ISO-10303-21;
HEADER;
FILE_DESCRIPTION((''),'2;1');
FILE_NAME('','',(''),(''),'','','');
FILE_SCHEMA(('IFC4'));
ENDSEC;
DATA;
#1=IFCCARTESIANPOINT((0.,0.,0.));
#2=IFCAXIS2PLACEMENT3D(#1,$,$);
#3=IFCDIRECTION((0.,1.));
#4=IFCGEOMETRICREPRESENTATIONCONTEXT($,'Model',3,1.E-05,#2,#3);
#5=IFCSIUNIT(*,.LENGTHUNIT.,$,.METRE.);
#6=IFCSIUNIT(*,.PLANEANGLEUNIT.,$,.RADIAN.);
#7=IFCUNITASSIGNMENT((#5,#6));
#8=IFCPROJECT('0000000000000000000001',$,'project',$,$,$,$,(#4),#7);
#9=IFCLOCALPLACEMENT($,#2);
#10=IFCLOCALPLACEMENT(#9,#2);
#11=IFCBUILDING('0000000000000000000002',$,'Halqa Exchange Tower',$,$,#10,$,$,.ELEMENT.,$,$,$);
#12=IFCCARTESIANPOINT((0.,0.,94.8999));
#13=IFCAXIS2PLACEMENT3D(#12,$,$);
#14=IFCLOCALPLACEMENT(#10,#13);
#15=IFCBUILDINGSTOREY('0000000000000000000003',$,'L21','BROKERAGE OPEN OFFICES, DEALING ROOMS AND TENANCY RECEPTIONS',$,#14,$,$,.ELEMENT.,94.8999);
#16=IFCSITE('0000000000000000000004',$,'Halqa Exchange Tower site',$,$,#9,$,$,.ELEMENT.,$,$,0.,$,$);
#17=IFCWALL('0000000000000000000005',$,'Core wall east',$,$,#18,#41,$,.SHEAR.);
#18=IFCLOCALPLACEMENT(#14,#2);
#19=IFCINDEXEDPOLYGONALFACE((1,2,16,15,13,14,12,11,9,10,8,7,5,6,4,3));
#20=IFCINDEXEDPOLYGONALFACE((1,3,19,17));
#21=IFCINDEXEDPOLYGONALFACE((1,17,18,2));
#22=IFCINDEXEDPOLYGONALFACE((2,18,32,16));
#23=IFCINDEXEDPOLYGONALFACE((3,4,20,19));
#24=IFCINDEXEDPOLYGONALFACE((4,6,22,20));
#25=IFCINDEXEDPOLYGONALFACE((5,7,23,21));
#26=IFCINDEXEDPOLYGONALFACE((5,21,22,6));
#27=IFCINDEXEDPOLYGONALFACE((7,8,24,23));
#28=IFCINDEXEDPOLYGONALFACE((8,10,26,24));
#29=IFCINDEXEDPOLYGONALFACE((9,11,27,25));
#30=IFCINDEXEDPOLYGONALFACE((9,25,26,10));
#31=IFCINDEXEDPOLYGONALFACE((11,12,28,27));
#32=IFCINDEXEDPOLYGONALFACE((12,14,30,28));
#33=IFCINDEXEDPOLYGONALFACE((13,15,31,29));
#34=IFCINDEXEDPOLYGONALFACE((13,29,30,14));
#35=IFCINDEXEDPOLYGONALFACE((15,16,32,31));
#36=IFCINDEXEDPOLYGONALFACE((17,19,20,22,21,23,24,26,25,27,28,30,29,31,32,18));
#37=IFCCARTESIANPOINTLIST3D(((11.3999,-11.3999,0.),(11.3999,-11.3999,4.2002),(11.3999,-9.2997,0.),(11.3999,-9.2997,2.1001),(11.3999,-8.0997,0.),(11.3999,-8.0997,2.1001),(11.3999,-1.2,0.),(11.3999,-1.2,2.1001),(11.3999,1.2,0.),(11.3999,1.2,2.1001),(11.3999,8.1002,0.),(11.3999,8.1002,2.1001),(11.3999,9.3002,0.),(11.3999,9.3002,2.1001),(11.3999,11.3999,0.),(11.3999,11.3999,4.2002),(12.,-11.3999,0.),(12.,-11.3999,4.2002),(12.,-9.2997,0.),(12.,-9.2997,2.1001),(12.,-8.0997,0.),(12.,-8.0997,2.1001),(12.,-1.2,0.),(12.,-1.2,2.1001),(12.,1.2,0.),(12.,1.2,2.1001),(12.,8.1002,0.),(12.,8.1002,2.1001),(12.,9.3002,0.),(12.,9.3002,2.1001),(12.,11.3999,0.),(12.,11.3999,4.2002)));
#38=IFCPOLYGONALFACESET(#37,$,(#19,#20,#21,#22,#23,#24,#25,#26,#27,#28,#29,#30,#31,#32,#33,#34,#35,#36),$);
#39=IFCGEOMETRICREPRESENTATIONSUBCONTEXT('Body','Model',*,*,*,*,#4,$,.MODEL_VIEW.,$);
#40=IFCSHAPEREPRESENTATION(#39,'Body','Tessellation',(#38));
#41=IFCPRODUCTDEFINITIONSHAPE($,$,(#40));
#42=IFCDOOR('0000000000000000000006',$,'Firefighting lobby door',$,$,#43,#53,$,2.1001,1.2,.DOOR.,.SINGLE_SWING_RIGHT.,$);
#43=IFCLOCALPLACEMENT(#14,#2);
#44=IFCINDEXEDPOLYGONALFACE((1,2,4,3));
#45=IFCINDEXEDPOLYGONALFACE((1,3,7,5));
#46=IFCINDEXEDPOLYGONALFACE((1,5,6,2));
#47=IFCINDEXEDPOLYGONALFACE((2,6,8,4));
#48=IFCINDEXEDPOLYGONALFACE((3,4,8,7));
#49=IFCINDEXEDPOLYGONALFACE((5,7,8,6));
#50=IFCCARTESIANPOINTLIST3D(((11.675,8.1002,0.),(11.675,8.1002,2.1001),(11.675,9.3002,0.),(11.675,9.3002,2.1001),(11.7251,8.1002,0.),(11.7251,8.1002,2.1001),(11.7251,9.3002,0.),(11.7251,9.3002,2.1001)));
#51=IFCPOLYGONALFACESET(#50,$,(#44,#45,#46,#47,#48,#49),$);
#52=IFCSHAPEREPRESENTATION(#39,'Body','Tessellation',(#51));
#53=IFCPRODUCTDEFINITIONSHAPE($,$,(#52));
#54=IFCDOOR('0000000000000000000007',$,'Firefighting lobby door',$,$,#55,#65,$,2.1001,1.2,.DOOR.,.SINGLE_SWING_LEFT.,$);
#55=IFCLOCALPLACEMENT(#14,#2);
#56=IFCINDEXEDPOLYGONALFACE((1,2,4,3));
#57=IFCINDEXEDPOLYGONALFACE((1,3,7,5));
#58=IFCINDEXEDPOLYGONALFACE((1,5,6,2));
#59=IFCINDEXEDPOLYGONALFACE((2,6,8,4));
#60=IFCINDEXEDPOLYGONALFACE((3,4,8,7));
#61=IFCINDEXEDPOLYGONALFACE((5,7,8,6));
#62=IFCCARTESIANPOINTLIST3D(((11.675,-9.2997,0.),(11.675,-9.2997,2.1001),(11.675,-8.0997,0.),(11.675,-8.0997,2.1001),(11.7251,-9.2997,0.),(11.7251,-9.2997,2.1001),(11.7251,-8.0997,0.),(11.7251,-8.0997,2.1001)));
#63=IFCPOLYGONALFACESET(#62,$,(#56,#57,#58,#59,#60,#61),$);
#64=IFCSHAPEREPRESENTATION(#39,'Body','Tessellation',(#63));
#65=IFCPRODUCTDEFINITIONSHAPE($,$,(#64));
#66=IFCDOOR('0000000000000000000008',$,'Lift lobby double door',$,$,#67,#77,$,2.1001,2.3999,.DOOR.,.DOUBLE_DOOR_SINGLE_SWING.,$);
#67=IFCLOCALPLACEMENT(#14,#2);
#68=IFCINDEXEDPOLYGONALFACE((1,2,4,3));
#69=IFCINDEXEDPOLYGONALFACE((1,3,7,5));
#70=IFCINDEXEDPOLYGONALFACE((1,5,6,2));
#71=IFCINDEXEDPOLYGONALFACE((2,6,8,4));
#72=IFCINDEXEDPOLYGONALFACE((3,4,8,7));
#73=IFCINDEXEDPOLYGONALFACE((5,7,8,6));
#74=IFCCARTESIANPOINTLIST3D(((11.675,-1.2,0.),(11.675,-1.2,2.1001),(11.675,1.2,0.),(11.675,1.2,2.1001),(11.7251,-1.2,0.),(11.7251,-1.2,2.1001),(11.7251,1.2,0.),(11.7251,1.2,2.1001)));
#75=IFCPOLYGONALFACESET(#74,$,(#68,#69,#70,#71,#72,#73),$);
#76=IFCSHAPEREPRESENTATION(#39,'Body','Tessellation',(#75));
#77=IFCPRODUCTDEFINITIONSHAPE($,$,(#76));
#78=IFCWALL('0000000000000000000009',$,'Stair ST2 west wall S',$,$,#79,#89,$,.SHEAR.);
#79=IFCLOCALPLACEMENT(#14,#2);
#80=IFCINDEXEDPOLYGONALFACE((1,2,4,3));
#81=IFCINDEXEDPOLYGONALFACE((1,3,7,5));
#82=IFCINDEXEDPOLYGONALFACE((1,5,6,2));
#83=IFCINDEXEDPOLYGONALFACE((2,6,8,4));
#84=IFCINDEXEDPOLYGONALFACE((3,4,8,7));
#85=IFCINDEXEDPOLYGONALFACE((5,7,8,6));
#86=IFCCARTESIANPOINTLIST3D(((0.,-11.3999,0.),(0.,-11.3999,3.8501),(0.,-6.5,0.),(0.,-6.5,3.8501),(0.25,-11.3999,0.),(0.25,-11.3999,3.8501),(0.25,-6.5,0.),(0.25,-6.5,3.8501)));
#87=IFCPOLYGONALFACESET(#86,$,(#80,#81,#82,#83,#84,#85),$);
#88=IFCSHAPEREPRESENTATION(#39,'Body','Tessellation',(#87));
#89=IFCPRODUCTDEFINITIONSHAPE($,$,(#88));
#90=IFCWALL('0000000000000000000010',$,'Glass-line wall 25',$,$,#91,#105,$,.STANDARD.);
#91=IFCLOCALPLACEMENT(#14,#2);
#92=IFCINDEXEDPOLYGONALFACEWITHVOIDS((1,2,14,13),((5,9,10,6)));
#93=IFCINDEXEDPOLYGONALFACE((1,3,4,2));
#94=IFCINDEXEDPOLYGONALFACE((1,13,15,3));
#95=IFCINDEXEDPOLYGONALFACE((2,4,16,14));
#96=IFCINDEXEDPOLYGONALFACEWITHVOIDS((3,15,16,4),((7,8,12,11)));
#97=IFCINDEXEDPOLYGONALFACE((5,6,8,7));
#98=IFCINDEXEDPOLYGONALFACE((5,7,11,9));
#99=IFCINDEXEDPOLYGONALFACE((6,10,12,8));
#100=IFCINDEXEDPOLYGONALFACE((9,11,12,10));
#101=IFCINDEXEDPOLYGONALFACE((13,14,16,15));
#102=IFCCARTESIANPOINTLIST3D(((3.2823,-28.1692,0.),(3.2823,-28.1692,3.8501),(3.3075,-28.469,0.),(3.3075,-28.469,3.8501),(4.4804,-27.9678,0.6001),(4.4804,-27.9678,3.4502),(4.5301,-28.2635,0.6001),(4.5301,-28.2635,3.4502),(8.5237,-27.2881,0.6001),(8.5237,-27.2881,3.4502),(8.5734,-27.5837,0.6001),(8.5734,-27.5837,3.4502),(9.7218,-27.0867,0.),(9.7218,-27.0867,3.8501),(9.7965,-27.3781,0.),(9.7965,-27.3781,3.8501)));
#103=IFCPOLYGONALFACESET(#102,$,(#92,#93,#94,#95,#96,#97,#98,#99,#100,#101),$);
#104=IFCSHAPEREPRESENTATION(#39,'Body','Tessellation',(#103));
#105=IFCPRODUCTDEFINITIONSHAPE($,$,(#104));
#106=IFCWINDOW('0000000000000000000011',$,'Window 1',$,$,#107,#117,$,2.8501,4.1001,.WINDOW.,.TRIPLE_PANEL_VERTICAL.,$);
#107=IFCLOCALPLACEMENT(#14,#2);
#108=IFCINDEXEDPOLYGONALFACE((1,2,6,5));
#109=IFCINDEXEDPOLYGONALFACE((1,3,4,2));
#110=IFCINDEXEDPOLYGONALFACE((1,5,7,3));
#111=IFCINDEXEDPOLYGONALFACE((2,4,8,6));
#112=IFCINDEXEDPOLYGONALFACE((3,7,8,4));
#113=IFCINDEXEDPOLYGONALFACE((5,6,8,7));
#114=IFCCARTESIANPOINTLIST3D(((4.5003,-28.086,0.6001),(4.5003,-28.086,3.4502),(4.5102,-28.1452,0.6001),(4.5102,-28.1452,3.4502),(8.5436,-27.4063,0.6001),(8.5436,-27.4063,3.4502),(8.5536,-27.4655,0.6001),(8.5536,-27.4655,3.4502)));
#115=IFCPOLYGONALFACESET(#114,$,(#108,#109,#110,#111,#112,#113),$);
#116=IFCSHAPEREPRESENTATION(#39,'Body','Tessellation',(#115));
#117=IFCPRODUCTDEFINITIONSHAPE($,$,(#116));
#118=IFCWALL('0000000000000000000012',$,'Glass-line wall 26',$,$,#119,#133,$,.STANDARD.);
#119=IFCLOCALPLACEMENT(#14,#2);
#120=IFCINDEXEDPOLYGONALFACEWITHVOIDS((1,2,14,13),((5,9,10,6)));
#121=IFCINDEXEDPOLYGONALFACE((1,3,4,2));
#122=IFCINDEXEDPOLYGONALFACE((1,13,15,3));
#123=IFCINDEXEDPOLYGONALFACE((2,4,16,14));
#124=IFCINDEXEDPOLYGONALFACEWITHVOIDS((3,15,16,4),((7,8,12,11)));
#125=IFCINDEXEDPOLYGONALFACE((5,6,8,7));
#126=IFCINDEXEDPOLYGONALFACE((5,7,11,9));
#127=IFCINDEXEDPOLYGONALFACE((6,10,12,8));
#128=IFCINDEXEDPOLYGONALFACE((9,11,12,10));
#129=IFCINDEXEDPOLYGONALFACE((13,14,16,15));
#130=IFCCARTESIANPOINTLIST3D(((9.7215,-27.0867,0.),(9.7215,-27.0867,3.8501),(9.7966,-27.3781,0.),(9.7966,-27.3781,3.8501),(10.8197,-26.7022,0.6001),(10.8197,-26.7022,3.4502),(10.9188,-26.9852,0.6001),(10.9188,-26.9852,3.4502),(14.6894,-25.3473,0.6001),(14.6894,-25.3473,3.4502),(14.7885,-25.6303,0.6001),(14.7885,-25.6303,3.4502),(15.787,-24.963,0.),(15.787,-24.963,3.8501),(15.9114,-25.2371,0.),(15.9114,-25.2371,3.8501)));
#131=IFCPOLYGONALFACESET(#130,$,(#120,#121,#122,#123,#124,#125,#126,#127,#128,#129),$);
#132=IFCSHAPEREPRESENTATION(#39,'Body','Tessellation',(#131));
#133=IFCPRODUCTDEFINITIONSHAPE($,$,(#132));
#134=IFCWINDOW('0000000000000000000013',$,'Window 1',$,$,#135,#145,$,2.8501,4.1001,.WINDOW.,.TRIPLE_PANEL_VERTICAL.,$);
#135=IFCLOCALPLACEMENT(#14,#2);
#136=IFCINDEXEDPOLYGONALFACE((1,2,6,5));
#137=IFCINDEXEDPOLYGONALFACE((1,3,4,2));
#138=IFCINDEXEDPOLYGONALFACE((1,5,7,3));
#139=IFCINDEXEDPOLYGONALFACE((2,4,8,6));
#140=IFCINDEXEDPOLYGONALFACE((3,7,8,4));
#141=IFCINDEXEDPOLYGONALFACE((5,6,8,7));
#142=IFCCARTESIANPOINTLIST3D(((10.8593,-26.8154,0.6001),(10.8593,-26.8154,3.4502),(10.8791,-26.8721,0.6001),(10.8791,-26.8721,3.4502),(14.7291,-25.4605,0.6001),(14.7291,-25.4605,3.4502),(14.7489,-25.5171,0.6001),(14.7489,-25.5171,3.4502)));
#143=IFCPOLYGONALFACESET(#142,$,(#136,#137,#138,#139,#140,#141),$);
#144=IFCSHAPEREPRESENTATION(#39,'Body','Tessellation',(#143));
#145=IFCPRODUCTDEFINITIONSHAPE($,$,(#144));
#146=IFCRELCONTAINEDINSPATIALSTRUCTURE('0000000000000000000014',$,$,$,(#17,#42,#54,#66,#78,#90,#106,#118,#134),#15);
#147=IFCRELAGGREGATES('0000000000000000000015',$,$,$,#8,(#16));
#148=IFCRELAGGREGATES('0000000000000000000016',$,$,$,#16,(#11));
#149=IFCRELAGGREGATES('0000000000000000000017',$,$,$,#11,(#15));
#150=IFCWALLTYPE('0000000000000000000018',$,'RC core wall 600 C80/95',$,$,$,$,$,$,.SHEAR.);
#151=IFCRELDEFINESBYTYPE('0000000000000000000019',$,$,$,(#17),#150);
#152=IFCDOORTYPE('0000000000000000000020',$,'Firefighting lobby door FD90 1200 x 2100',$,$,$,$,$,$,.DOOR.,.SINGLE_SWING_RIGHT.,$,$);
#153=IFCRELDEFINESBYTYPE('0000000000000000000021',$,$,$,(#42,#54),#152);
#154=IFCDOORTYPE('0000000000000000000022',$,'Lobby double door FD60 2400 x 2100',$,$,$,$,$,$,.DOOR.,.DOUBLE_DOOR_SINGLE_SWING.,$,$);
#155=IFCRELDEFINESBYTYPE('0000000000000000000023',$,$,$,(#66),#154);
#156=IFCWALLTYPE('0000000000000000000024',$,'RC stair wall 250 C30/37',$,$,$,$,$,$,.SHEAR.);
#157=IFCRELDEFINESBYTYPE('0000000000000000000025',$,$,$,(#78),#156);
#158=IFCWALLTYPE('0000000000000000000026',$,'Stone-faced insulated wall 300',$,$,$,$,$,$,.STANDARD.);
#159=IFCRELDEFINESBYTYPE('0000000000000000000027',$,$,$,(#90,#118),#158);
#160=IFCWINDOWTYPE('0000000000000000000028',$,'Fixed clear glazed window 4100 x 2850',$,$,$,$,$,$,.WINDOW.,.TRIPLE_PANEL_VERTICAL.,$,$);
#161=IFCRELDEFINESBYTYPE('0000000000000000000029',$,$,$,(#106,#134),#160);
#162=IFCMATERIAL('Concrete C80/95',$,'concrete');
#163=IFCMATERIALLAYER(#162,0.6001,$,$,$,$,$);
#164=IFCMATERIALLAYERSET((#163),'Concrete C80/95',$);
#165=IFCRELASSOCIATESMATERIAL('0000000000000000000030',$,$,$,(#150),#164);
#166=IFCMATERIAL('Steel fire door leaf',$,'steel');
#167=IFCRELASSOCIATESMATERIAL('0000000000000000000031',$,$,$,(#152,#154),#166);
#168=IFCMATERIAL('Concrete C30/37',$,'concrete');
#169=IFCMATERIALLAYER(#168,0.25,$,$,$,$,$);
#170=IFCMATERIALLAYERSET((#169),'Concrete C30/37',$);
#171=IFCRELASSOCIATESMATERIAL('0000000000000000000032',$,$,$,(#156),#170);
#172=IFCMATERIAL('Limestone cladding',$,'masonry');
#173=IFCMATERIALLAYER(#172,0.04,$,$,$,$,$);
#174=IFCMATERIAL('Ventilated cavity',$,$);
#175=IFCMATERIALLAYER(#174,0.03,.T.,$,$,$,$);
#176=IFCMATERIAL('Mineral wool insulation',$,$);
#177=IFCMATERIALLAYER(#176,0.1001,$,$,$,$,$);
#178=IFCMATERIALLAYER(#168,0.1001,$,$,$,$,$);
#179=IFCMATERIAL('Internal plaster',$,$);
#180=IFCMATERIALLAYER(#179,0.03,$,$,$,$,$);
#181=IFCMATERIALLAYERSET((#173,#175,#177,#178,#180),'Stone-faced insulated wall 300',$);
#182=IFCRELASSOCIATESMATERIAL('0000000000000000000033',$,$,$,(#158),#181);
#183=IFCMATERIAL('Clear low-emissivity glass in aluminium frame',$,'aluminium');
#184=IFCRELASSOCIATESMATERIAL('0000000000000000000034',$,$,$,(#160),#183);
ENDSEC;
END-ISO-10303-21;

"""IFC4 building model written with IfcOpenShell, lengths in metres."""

from ifc_helpers import new_model, si_unit, direction, frame, frame_2d, origin, place, context, subcontext, project, spatial, polyline, rectangle, outline, extrude, material, layer, layer_set, type_object, element, fill, save


model = new_model("IFC4")

# Units and contexts
model_context = context("Model", 3, precision=1e-05, world=origin(), true_north=direction((0.0, 1.0)))
body_context = subcontext(model_context, "Body", "Model", "MODEL_VIEW")
ifc_project = project(units=[si_unit("LENGTHUNIT", "METRE"), si_unit("PLANEANGLEUNIT", "RADIAN")], contexts=[model_context])

# Site, building, storey
site_placement = place(None, origin())
site = spatial("IfcSite", under=ifc_project, at=site_placement, Name="Halqa Exchange Tower site", CompositionType="ELEMENT", RefElevation=0.0)
building_placement = place(site_placement, origin())
building = spatial("IfcBuilding", under=site, at=building_placement, Name="Halqa Exchange Tower", CompositionType="ELEMENT")
storey_placement = place(building_placement, frame((0.0, 0.0, 94.8999)))
storey = spatial("IfcBuildingStorey", under=building, at=storey_placement, Name="L21", Description="BROKERAGE OPEN OFFICES, DEALING ROOMS AND TENANCY RECEPTIONS", CompositionType="ELEMENT", Elevation=94.8999)

# Wall, openings, doors
ifc_material_1 = material(Name="Concrete C80/95", Category="concrete")
ifc_layer_1 = layer(ifc_material_1, 0.6001)
ifc_layer_set_1 = layer_set([ifc_layer_1], Name="Concrete C80/95")
wall_type_1 = type_object("IfcWallType", Name="RC core wall 600 C80/95", PredefinedType="SHEAR", material=ifc_layer_set_1)
wall_1_placement = place(storey_placement, frame((11.7, -11.3999, 0.0), z_axis=(0.0, 0.0, 1.0), x_axis=(0.0, 1.0, 0.0)))
wall_1 = element("IfcWall", 1, at=wall_1_placement, inside=storey, type_object=wall_type_1, Name="Core wall east", PredefinedType="SHEAR", context=body_context, shape_type="SweptSolid", body=[
    extrude(rectangle(XDim=22.7998, YDim=0.6001, at=frame_2d((11.3999, 0.0))), origin(), (0.0, 0.0, 1.0), 4.2002),
])
opening_1_placement = place(wall_1_placement, frame((10.2, 0.0, 0.0)))
opening_1 = element("IfcOpeningElement", 2, at=opening_1_placement, cuts=wall_1, PredefinedType="OPENING", context=body_context, shape_type="SweptSolid", body=[
    extrude(rectangle(XDim=2.3999, YDim=2.1001, at=frame_2d((1.2, 1.05))), frame((0.0, 0.312, 0.0), z_axis=(0.0, -1.0, 0.0), x_axis=(1.0, 0.0, 0.0)), (0.0, 0.0, 1.0), 0.624),
])
opening_2_placement = place(wall_1_placement, frame((19.5, 0.0, 0.0)))
opening_2 = element("IfcOpeningElement", 3, at=opening_2_placement, cuts=wall_1, PredefinedType="OPENING", context=body_context, shape_type="SweptSolid", body=[
    extrude(rectangle(XDim=1.2, YDim=2.1001, at=frame_2d((0.6001, 1.05))), frame((0.0, 0.312, 0.0), z_axis=(0.0, -1.0, 0.0), x_axis=(1.0, 0.0, 0.0)), (0.0, 0.0, 1.0), 0.624),
])
opening_3_placement = place(wall_1_placement, frame((2.1001, 0.0, 0.0)))
opening_3 = element("IfcOpeningElement", 4, at=opening_3_placement, cuts=wall_1, PredefinedType="OPENING", context=body_context, shape_type="SweptSolid", body=[
    extrude(rectangle(XDim=1.2, YDim=2.1001, at=frame_2d((0.6001, 1.05))), frame((0.0, 0.312, 0.0), z_axis=(0.0, -1.0, 0.0), x_axis=(1.0, 0.0, 0.0)), (0.0, 0.0, 1.0), 0.624),
])
ifc_material_2 = material(Name="Steel fire door leaf", Category="steel")
door_type_1 = type_object("IfcDoorType", Name="Firefighting lobby door FD90 1200 x 2100", OperationType="SINGLE_SWING_RIGHT", PredefinedType="DOOR", material=ifc_material_2)
door_1_placement = place(opening_2_placement, origin())
door_1 = element("IfcDoor", 5, at=door_1_placement, inside=storey, type_object=door_type_1, Name="Firefighting lobby door", OperationType="SINGLE_SWING_RIGHT", OverallHeight=2.1001, OverallWidth=1.2, PredefinedType="DOOR", context=body_context, shape_type="SweptSolid", body=[
    extrude(rectangle(XDim=1.2, YDim=2.1001, at=frame_2d((0.6001, 1.05))), frame((0.0, 0.0249, 0.0), z_axis=(0.0, -1.0, 0.0), x_axis=(1.0, 0.0, 0.0)), (0.0, 0.0, 1.0), 0.05),
])
fill(opening_2, door_1)
door_2_placement = place(opening_3_placement, origin())
door_2 = element("IfcDoor", 6, at=door_2_placement, inside=storey, type_object=door_type_1, Name="Firefighting lobby door", OperationType="SINGLE_SWING_LEFT", OverallHeight=2.1001, OverallWidth=1.2, PredefinedType="DOOR", context=body_context, shape_type="SweptSolid", body=[
    extrude(rectangle(XDim=1.2, YDim=2.1001, at=frame_2d((0.6001, 1.05))), frame((0.0, 0.0249, 0.0), z_axis=(0.0, -1.0, 0.0), x_axis=(1.0, 0.0, 0.0)), (0.0, 0.0, 1.0), 0.05),
])
fill(opening_3, door_2)
door_type_2 = type_object("IfcDoorType", Name="Lobby double door FD60 2400 x 2100", OperationType="DOUBLE_DOOR_SINGLE_SWING", PredefinedType="DOOR", material=ifc_material_2)
door_3_placement = place(opening_1_placement, origin())
door_3 = element("IfcDoor", 7, at=door_3_placement, inside=storey, type_object=door_type_2, Name="Lift lobby double door", OperationType="DOUBLE_DOOR_SINGLE_SWING", OverallHeight=2.1001, OverallWidth=2.3999, PredefinedType="DOOR", context=body_context, shape_type="SweptSolid", body=[
    extrude(rectangle(XDim=2.3999, YDim=2.1001, at=frame_2d((1.2, 1.05))), frame((0.0, 0.0249, 0.0), z_axis=(0.0, -1.0, 0.0), x_axis=(1.0, 0.0, 0.0)), (0.0, 0.0, 1.0), 0.05),
])
fill(opening_1, door_3)

# Wall
ifc_material_3 = material(Name="Concrete C30/37", Category="concrete")
ifc_layer_2 = layer(ifc_material_3, 0.25)
ifc_layer_set_2 = layer_set([ifc_layer_2], Name="Concrete C30/37")
wall_type_2 = type_object("IfcWallType", Name="RC stair wall 250 C30/37", PredefinedType="SHEAR", material=ifc_layer_set_2)
wall_2_placement = place(storey_placement, frame((0.125, -11.3999, 0.0), z_axis=(0.0, 0.0, 1.0), x_axis=(0.0, 1.0, 0.0)))
element("IfcWall", 8, at=wall_2_placement, inside=storey, type_object=wall_type_2, Name="Stair ST2 west wall S", PredefinedType="SHEAR", context=body_context, shape_type="SweptSolid", body=[
    extrude(rectangle(XDim=4.8999, YDim=0.25, at=frame_2d((2.45, 0.0))), origin(), (0.0, 0.0, 1.0), 3.8501),
])

# Walls, openings, windows
ifc_material_4 = material(Name="Limestone cladding", Category="masonry")
ifc_layer_3 = layer(ifc_material_4, 0.04)
ifc_material_5 = material(Name="Ventilated cavity")
ifc_layer_4 = layer(ifc_material_5, 0.03, ventilated=True)
ifc_material_6 = material(Name="Mineral wool insulation")
ifc_layer_5 = layer(ifc_material_6, 0.1001)
ifc_layer_6 = layer(ifc_material_3, 0.1001)
ifc_material_7 = material(Name="Internal plaster")
ifc_layer_7 = layer(ifc_material_7, 0.03)
ifc_layer_set_3 = layer_set([ifc_layer_3, ifc_layer_4, ifc_layer_5, ifc_layer_6, ifc_layer_7], Name="Stone-faced insulated wall 300")
wall_type_3 = type_object("IfcWallType", Name="Stone-faced insulated wall 300", PredefinedType="STANDARD", material=ifc_layer_set_3)
wall_3_placement = place(storey_placement, frame((3.2949, -28.3191, 0.0), z_axis=(0.0, 0.0, 1.0), x_axis=(0.986162, 0.165782, 0.0)))
wall_3 = element("IfcWall", 9, at=wall_3_placement, inside=storey, type_object=wall_type_3, Name="Glass-line wall 25", PredefinedType="STANDARD", context=body_context, shape_type="SweptSolid", body=[
    extrude(outline(polyline([(-0.0125, -0.1499), (6.5676, -0.1499), (6.5422, 0.1499), (0.0125, 0.1499), (-0.0125, -0.1499)])), origin(), (0.0, 0.0, 1.0), 3.8501),
])
opening_4_placement = place(wall_3_placement, frame((1.2273, 0.0, 0.6001)))
opening_4 = element("IfcOpeningElement", 10, at=opening_4_placement, cuts=wall_3, PredefinedType="OPENING", context=body_context, shape_type="SweptSolid", body=[
    extrude(rectangle(XDim=4.1001, YDim=2.8501, at=frame_2d((2.05, 1.425))), frame((0.0, 0.1621, 0.0), z_axis=(0.0, -1.0, 0.0), x_axis=(1.0, 0.0, 0.0)), (0.0, 0.0, 1.0), 0.324),
])
ifc_material_8 = material(Name="Clear low-emissivity glass in aluminium frame", Category="aluminium")
window_type = type_object("IfcWindowType", Name="Fixed clear glazed window 4100 x 2850", PartitioningType="TRIPLE_PANEL_VERTICAL", PredefinedType="WINDOW", material=ifc_material_8)
window_1_placement = place(opening_4_placement, origin())
window_1 = element("IfcWindow", 11, at=window_1_placement, inside=storey, type_object=window_type, Name="Window 1", OverallHeight=2.8501, OverallWidth=4.1001, PartitioningType="TRIPLE_PANEL_VERTICAL", PredefinedType="WINDOW", context=body_context, shape_type="SweptSolid", body=[
    extrude(rectangle(XDim=4.1001, YDim=2.8501, at=frame_2d((2.05, 1.425))), frame((0.0, 0.03, 0.0), z_axis=(0.0, -1.0, 0.0), x_axis=(1.0, 0.0, 0.0)), (0.0, 0.0, 1.0), 0.0601),
])
fill(opening_4, window_1)
wall_4_placement = place(storey_placement, frame((9.759, -27.2324, 0.0), z_axis=(0.0, 0.0, 1.0), x_axis=(0.94382, 0.33046, 0.0)))
wall_4 = element("IfcWall", 12, at=wall_4_placement, inside=storey, type_object=wall_type_3, Name="Glass-line wall 26", PredefinedType="STANDARD", context=body_context, shape_type="SweptSolid", body=[
    extrude(outline(polyline([(-0.0127, -0.1499), (6.4661, -0.1499), (6.4392, 0.1499), (0.0127, 0.1499), (-0.0127, -0.1499)])), origin(), (0.0, 0.0, 1.0), 3.8501),
])
opening_5_placement = place(wall_4_placement, frame((1.1763, 0.0, 0.6001)))
opening_5 = element("IfcOpeningElement", 13, at=opening_5_placement, cuts=wall_4, PredefinedType="OPENING", context=body_context, shape_type="SweptSolid", body=[
    extrude(rectangle(XDim=4.1001, YDim=2.8501, at=frame_2d((2.05, 1.425))), frame((0.0, 0.1621, 0.0), z_axis=(0.0, -1.0, 0.0), x_axis=(1.0, 0.0, 0.0)), (0.0, 0.0, 1.0), 0.324),
])
window_2_placement = place(opening_5_placement, origin())
window_2 = element("IfcWindow", 14, at=window_2_placement, inside=storey, type_object=window_type, Name="Window 1", OverallHeight=2.8501, OverallWidth=4.1001, PartitioningType="TRIPLE_PANEL_VERTICAL", PredefinedType="WINDOW", context=body_context, shape_type="SweptSolid", body=[
    extrude(rectangle(XDim=4.1001, YDim=2.8501, at=frame_2d((2.05, 1.425))), frame((0.0, 0.03, 0.0), z_axis=(0.0, -1.0, 0.0), x_axis=(1.0, 0.0, 0.0)), (0.0, 0.0, 1.0), 0.0601),
])
fill(opening_5, window_2)

save(model, "model.ifc")
